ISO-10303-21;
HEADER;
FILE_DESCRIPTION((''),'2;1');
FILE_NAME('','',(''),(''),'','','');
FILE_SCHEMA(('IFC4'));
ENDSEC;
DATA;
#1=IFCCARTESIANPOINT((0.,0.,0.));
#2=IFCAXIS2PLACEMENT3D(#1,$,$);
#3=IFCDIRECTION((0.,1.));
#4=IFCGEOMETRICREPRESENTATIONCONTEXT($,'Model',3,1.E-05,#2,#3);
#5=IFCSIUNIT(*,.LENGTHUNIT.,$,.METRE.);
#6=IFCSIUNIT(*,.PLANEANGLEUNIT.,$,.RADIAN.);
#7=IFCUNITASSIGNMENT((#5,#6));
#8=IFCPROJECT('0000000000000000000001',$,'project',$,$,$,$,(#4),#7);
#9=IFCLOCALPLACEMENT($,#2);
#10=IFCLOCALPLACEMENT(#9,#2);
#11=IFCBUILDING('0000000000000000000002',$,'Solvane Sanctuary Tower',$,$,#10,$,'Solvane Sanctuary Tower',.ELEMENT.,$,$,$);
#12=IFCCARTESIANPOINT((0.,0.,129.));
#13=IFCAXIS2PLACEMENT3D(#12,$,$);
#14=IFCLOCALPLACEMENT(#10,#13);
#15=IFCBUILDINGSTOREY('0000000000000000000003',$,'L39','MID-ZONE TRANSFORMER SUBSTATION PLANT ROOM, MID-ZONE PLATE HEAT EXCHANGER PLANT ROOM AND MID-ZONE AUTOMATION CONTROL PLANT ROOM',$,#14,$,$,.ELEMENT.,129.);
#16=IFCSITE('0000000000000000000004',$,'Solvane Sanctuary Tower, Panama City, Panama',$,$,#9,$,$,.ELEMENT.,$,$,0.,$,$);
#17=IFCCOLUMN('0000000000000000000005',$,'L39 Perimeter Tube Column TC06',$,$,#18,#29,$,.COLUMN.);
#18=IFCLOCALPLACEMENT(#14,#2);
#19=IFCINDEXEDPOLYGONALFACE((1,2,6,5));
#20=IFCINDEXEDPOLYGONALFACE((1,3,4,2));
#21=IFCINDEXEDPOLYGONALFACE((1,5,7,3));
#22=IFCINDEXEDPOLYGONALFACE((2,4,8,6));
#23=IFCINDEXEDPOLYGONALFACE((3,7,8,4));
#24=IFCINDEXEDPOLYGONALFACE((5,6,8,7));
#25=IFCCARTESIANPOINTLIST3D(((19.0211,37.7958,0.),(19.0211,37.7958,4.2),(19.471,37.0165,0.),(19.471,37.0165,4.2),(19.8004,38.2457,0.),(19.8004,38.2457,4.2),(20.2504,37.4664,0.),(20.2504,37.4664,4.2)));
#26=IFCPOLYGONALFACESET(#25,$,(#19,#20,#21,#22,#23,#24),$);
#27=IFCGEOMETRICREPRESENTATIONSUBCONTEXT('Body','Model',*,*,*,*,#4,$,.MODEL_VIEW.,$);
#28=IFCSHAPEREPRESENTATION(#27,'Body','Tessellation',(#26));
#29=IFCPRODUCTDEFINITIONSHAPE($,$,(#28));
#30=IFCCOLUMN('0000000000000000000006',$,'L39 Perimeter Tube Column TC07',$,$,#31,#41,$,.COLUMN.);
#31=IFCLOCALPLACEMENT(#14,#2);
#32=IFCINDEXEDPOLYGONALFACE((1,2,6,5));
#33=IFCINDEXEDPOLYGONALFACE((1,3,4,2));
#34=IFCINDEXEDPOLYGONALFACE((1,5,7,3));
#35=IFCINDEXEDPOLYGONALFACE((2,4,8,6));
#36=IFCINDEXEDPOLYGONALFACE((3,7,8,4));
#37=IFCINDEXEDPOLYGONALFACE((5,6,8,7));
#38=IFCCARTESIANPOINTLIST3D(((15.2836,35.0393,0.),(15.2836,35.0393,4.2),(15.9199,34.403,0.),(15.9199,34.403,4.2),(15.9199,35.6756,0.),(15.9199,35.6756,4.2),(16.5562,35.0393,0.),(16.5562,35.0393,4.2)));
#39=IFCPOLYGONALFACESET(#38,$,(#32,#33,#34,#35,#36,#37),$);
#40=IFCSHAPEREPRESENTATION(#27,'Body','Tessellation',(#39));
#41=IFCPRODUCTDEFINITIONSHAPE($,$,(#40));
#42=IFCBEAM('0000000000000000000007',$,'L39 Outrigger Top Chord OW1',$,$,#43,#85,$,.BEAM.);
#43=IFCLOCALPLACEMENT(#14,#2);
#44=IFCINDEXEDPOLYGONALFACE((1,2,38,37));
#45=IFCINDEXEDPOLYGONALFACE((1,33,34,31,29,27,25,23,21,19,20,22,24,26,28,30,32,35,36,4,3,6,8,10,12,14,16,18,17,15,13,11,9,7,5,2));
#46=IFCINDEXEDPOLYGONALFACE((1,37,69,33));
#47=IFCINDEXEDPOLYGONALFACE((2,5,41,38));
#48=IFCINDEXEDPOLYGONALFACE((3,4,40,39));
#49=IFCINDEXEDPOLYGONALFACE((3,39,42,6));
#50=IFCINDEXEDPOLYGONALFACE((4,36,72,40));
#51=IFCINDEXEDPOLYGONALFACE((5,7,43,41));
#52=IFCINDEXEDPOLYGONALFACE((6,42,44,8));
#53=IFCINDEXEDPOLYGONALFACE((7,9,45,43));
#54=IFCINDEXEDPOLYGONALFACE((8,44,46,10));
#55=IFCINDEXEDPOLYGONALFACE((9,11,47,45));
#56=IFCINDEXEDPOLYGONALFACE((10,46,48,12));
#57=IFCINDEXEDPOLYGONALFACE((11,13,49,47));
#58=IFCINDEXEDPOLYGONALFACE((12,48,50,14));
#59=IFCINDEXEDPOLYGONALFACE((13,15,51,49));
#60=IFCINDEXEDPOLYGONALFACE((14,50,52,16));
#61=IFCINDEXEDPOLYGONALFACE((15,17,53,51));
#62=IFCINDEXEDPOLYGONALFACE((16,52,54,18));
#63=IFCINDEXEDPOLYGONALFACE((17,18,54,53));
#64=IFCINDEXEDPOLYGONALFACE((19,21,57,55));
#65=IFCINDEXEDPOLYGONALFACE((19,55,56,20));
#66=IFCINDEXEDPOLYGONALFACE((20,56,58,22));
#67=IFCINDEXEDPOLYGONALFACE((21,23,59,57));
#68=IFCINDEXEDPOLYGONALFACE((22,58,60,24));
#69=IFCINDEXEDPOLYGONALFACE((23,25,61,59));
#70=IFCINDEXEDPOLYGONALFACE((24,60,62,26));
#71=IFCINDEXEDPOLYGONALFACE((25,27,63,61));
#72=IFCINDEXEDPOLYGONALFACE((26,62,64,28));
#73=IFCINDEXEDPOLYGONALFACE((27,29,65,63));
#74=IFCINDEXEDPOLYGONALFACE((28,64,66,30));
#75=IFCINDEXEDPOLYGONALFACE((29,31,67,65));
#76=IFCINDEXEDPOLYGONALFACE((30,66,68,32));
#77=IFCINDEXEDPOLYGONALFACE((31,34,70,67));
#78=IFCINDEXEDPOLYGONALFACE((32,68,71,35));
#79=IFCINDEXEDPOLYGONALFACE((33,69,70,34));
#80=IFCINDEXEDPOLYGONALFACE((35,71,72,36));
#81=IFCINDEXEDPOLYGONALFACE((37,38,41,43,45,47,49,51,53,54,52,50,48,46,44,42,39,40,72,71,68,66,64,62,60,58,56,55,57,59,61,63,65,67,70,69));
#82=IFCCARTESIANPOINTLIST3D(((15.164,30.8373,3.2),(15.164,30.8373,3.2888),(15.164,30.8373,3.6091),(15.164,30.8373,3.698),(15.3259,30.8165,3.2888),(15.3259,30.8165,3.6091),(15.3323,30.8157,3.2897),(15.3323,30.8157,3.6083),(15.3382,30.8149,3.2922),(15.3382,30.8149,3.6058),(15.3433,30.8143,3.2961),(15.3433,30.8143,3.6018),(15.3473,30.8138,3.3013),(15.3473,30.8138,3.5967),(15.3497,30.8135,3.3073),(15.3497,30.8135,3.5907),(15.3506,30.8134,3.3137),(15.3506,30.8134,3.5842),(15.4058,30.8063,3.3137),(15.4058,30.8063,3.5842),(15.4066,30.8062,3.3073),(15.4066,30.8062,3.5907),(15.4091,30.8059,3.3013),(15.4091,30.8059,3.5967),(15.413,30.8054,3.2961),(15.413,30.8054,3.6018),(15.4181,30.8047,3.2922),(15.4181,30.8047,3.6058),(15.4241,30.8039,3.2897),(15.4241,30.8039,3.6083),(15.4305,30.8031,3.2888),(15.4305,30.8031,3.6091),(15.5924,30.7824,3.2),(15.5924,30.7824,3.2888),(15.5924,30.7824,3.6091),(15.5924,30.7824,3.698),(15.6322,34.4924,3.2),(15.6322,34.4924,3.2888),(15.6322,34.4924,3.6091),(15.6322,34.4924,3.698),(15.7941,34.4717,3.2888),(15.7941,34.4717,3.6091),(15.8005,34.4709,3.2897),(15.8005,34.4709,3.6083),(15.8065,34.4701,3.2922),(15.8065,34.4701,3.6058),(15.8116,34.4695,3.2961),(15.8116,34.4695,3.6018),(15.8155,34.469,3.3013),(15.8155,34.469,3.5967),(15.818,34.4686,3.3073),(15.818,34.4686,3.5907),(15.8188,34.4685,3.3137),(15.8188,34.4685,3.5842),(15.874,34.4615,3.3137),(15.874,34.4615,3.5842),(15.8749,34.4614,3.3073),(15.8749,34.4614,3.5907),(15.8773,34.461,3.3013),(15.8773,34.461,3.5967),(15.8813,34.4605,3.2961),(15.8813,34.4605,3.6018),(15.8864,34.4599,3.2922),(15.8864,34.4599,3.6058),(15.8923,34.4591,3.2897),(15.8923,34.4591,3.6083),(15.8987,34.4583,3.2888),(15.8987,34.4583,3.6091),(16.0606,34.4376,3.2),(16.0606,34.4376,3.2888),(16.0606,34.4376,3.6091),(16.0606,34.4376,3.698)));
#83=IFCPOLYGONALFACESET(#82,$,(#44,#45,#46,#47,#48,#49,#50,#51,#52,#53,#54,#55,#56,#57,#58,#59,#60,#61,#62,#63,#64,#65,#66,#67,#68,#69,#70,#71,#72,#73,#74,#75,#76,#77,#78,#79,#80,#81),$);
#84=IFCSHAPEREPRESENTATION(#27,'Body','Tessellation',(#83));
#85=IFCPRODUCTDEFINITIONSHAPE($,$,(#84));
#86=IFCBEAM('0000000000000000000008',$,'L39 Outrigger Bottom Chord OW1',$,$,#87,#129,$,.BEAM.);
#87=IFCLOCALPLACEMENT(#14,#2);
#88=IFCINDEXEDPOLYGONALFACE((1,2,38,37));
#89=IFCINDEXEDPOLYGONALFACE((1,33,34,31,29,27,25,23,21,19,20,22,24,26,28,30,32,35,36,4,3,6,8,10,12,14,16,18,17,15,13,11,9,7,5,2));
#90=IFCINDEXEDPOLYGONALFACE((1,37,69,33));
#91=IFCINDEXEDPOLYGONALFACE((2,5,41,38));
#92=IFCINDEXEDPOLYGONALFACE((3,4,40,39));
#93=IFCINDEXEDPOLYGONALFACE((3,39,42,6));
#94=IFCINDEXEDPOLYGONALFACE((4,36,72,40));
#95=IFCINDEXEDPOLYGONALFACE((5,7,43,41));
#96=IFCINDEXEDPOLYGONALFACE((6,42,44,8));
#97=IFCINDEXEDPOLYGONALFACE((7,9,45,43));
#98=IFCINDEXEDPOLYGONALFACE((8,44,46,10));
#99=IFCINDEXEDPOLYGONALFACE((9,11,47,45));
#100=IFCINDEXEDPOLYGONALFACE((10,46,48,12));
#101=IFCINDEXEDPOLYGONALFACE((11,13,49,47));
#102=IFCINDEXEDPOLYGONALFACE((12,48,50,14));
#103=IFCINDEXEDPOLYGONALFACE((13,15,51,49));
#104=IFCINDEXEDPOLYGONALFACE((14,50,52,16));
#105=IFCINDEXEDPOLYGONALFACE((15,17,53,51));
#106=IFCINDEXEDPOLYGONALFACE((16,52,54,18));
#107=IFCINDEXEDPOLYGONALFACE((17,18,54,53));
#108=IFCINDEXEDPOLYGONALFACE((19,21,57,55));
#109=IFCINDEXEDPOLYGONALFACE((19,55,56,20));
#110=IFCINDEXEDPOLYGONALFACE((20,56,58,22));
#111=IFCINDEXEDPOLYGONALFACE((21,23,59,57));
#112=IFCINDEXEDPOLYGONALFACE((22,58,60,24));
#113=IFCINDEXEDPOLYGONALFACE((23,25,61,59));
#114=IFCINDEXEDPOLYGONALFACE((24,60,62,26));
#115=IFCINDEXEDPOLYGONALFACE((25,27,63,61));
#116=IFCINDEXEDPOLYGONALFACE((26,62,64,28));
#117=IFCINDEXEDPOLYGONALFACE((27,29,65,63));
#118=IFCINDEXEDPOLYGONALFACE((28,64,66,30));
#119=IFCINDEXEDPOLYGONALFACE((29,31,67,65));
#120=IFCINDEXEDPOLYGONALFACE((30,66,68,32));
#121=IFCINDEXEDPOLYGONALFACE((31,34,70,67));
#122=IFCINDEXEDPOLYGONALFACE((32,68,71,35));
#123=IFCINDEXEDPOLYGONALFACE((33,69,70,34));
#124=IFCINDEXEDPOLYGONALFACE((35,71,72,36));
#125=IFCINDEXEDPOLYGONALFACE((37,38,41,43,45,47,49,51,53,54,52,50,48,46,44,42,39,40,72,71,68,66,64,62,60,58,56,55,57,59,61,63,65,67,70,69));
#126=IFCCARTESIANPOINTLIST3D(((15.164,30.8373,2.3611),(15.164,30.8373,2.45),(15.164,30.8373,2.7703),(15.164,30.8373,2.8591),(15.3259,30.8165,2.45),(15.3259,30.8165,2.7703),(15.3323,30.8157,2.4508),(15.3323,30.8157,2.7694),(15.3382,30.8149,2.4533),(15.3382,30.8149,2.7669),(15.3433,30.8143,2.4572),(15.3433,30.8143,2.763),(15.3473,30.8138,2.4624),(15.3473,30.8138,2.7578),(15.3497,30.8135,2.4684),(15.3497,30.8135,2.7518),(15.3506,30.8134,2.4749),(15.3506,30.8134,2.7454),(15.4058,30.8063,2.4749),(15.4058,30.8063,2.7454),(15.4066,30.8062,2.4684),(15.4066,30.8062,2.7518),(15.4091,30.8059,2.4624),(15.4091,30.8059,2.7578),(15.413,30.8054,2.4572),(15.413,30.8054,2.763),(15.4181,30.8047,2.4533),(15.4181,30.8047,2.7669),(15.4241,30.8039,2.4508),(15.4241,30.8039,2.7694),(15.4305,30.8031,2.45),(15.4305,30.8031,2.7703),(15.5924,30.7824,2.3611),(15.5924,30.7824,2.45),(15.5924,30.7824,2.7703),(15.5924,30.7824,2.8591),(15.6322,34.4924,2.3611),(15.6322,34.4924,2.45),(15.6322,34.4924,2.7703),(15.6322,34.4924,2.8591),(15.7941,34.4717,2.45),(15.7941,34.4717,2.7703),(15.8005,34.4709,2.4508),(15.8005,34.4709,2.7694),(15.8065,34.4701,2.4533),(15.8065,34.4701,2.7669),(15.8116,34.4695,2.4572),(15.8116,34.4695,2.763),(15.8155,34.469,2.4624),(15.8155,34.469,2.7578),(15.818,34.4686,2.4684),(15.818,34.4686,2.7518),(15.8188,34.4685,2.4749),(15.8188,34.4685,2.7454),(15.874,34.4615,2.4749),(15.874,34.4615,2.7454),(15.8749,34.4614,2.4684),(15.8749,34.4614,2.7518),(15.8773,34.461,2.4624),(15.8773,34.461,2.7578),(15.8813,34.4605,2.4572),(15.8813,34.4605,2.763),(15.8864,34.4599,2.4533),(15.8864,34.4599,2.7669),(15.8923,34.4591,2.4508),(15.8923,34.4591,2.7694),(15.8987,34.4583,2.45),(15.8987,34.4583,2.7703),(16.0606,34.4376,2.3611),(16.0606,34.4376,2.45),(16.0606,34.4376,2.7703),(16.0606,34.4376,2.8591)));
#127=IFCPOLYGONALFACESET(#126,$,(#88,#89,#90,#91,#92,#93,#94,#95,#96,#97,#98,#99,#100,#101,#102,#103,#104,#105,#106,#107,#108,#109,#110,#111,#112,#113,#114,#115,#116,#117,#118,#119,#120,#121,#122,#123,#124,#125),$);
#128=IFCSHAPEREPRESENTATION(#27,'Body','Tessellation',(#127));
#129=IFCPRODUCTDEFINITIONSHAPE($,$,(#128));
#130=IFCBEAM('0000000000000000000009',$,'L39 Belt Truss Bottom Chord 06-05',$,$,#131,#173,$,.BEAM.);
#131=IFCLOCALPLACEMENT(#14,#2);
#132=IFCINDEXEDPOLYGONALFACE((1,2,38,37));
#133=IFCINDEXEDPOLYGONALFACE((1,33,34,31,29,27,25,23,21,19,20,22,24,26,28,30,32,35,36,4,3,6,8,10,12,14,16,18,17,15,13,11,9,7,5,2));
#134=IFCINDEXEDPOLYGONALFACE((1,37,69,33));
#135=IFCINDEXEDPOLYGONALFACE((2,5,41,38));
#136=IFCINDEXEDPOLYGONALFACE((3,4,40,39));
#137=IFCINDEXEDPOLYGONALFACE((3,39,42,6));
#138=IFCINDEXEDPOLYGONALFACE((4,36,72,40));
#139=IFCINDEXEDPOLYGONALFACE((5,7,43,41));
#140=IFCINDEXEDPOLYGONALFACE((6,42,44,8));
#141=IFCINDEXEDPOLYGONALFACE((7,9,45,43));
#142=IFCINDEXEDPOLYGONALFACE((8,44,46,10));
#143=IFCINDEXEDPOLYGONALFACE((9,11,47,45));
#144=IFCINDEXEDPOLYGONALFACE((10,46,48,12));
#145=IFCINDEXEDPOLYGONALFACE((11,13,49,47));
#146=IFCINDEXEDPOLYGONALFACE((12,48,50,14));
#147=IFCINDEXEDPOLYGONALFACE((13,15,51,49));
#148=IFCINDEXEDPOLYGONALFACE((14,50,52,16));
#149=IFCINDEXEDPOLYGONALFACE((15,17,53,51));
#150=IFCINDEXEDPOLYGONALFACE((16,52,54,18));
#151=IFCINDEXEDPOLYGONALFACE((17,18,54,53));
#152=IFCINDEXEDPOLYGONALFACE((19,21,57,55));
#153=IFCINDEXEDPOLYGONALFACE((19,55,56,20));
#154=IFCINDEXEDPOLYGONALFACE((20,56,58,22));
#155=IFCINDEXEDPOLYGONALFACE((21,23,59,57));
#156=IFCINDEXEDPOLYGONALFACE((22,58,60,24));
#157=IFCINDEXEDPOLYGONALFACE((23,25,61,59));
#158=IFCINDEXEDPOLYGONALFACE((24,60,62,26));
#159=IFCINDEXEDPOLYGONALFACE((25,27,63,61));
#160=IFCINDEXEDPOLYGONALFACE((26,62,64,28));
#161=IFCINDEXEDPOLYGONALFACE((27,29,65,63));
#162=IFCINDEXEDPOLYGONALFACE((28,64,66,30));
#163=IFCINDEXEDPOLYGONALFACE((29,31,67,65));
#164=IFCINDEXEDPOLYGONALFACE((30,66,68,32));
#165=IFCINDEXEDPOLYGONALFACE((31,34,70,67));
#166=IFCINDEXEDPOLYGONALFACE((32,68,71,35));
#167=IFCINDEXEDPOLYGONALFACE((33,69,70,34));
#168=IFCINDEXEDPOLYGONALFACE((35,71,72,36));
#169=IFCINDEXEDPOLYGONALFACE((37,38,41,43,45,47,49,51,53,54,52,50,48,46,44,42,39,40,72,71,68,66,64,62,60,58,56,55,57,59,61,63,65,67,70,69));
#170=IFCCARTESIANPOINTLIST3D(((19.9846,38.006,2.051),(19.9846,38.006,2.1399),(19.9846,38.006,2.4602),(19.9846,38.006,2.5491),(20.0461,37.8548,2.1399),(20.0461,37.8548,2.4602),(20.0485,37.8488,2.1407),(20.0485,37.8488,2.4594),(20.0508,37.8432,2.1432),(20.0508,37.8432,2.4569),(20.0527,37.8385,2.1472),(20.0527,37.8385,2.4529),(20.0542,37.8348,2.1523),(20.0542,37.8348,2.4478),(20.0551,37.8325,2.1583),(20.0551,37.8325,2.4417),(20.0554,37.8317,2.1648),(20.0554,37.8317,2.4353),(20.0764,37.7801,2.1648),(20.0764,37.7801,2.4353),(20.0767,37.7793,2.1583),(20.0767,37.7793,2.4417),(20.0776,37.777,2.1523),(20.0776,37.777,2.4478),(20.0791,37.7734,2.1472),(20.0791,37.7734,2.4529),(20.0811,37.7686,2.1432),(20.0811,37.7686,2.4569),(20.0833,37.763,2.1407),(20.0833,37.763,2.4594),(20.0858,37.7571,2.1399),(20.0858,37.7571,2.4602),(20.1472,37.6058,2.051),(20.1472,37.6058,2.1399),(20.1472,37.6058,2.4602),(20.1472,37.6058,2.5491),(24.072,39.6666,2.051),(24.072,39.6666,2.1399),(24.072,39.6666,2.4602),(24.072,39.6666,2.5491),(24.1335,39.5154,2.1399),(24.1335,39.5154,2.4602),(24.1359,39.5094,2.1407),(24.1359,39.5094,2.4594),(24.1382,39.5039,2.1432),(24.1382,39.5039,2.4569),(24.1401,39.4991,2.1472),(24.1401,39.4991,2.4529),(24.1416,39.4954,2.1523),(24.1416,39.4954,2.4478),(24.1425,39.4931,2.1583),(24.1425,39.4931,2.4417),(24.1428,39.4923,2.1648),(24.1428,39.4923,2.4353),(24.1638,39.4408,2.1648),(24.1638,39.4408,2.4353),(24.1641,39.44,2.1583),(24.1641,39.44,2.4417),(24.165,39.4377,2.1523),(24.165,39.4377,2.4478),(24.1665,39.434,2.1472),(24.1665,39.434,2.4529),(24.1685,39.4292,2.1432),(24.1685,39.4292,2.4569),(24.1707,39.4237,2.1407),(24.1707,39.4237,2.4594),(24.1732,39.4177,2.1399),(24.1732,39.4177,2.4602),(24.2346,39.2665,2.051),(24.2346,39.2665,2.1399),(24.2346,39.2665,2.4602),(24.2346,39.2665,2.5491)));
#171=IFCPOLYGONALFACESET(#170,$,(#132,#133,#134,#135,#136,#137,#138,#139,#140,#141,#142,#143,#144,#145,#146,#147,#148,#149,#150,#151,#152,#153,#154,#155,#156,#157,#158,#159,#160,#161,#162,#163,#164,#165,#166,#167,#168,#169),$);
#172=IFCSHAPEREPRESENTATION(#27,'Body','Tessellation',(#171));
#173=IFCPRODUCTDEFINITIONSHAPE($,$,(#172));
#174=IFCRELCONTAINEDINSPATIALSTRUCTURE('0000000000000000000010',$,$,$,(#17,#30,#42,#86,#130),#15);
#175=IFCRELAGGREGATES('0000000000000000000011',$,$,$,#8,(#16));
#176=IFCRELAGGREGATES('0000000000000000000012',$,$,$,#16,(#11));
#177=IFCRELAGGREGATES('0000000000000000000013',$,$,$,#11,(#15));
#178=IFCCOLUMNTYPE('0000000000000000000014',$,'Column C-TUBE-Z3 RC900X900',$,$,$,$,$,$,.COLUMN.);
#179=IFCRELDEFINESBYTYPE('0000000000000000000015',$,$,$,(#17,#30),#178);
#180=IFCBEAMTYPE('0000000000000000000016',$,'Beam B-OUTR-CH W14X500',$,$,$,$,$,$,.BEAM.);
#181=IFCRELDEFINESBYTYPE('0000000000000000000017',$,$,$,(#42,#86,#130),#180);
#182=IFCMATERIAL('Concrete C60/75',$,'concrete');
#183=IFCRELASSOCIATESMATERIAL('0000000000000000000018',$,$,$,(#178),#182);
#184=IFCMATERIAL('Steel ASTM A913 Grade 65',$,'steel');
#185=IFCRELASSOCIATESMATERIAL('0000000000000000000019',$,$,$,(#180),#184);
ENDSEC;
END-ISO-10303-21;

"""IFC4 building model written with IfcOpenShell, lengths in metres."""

from ifc_helpers import new_model, si_unit, direction, frame, origin, origin_2d, place, context, subcontext, project, spatial, rectangle, i_section, extrude, material, material_profile, profile_set, type_object, element, save


model = new_model("IFC4")

# Units and contexts
model_context = context("Model", 3, precision=1e-05, world=origin(), true_north=direction((0.0, 1.0)))
body_context = subcontext(model_context, "Body", "Model", "MODEL_VIEW")
ifc_project = project(units=[si_unit("LENGTHUNIT", "METRE"), si_unit("PLANEANGLEUNIT", "RADIAN")], contexts=[model_context])

# Site, building, storey
site_placement = place(None, origin())
site = spatial("IfcSite", under=ifc_project, at=site_placement, Name="Solvane Sanctuary Tower, Panama City, Panama", CompositionType="ELEMENT", RefElevation=0.0)
building_placement = place(site_placement, origin())
building = spatial("IfcBuilding", under=site, at=building_placement, Name="Solvane Sanctuary Tower", LongName="Solvane Sanctuary Tower", CompositionType="ELEMENT")
storey_placement = place(building_placement, frame((0.0, 0.0, 129.0)))
storey = spatial("IfcBuildingStorey", under=building, at=storey_placement, Name="L39", Description="MID-ZONE TRANSFORMER SUBSTATION PLANT ROOM, MID-ZONE PLATE HEAT EXCHANGER PLANT ROOM AND MID-ZONE AUTOMATION CONTROL PLANT ROOM", CompositionType="ELEMENT", Elevation=129.0)

# Columns
ifc_material_1 = material(Name="Concrete C60/75", Category="concrete")
ifc_material_profile_1 = material_profile(ifc_material_1, rectangle(XDim=0.8999, YDim=0.8999, at=origin_2d()), Name="RC900X900")
ifc_profile_set_1 = profile_set([ifc_material_profile_1], Name="Concrete C60/75")
column_type = type_object("IfcColumnType", Name="Column C-TUBE-Z3 RC900X900", PredefinedType="COLUMN", material=ifc_profile_set_1)
for number, where, z_axis, x_axis, name in (
    (1, (19.6357, 37.6311, 0.0), (0.0, 0.0, 1.0), (-0.5, 0.866025, 0.0), "L39 Perimeter Tube Column TC06"),
    (2, (15.9199, 35.0393, 0.0), (0.0, 0.0, 1.0), (-0.707107, 0.707107, 0.0), "L39 Perimeter Tube Column TC07"),
):
    element("IfcColumn", number, at=place(storey_placement, frame(where, z_axis=z_axis, x_axis=x_axis)), inside=storey, type_object=column_type, Name=name, PredefinedType="COLUMN", context=body_context, shape_type="SweptSolid", body=[
        extrude(rectangle(XDim=0.8999, YDim=0.8999, at=origin_2d()), origin(), (0.0, 0.0, 1.0), 4.2),
    ])

# Beams
ifc_material_2 = material(Name="Steel ASTM A913 Grade 65", Category="steel")
ifc_material_profile_2 = material_profile(ifc_material_2, i_section(OverallWidth=0.4319, OverallDepth=0.498, WebThickness=0.0557, FlangeThickness=0.0889, FilletRadius=0.0249, at=origin_2d()), Name="W14X500")
ifc_profile_set_2 = profile_set([ifc_material_profile_2], Name="Steel ASTM A913 Grade 65")
beam_type_1 = type_object("IfcBeamType", Name="Beam B-OUTR-CH W14X500", PredefinedType="BEAM", material=ifc_profile_set_2)
for number, where, z_axis, x_axis, name in (
    (3, (15.3782, 30.8098, 3.449), (0.127067, 0.991894, 0.0), (-0.991894, 0.127067, 0.0), "L39 Outrigger Top Chord OW1"),
    (4, (15.3782, 30.8098, 2.6101), (0.127067, 0.991894, 0.0), (-0.991894, 0.127067, 0.0), "L39 Outrigger Bottom Chord OW1"),
):
    element("IfcBeam", number, at=place(storey_placement, frame(where, z_axis=z_axis, x_axis=x_axis)), inside=storey, type_object=beam_type_1, Name=name, PredefinedType="BEAM", context=body_context, shape_type="SweptSolid", body=[
        extrude(i_section(OverallWidth=0.4319, OverallDepth=0.498, WebThickness=0.0557, FlangeThickness=0.0889, FilletRadius=0.0249, at=origin_2d()), origin(), (0.0, 0.0, 1.0), 3.6851),
    ])
beam_1_placement = place(storey_placement, frame((20.0659, 37.8059, 2.3), z_axis=(0.926456, 0.376404, 0.0), x_axis=(-0.376404, 0.926456, 0.0)))
element("IfcBeam", 5, at=beam_1_placement, inside=storey, type_object=beam_type_1, Name="L39 Belt Truss Bottom Chord 06-05", PredefinedType="BEAM", context=body_context, shape_type="SweptSolid", body=[
    extrude(i_section(OverallWidth=0.4319, OverallDepth=0.498, WebThickness=0.0557, FlangeThickness=0.0889, FilletRadius=0.0249, at=origin_2d()), origin(), (0.0, 0.0, 1.0), 4.4119),
])

save(model, "model.ifc")
